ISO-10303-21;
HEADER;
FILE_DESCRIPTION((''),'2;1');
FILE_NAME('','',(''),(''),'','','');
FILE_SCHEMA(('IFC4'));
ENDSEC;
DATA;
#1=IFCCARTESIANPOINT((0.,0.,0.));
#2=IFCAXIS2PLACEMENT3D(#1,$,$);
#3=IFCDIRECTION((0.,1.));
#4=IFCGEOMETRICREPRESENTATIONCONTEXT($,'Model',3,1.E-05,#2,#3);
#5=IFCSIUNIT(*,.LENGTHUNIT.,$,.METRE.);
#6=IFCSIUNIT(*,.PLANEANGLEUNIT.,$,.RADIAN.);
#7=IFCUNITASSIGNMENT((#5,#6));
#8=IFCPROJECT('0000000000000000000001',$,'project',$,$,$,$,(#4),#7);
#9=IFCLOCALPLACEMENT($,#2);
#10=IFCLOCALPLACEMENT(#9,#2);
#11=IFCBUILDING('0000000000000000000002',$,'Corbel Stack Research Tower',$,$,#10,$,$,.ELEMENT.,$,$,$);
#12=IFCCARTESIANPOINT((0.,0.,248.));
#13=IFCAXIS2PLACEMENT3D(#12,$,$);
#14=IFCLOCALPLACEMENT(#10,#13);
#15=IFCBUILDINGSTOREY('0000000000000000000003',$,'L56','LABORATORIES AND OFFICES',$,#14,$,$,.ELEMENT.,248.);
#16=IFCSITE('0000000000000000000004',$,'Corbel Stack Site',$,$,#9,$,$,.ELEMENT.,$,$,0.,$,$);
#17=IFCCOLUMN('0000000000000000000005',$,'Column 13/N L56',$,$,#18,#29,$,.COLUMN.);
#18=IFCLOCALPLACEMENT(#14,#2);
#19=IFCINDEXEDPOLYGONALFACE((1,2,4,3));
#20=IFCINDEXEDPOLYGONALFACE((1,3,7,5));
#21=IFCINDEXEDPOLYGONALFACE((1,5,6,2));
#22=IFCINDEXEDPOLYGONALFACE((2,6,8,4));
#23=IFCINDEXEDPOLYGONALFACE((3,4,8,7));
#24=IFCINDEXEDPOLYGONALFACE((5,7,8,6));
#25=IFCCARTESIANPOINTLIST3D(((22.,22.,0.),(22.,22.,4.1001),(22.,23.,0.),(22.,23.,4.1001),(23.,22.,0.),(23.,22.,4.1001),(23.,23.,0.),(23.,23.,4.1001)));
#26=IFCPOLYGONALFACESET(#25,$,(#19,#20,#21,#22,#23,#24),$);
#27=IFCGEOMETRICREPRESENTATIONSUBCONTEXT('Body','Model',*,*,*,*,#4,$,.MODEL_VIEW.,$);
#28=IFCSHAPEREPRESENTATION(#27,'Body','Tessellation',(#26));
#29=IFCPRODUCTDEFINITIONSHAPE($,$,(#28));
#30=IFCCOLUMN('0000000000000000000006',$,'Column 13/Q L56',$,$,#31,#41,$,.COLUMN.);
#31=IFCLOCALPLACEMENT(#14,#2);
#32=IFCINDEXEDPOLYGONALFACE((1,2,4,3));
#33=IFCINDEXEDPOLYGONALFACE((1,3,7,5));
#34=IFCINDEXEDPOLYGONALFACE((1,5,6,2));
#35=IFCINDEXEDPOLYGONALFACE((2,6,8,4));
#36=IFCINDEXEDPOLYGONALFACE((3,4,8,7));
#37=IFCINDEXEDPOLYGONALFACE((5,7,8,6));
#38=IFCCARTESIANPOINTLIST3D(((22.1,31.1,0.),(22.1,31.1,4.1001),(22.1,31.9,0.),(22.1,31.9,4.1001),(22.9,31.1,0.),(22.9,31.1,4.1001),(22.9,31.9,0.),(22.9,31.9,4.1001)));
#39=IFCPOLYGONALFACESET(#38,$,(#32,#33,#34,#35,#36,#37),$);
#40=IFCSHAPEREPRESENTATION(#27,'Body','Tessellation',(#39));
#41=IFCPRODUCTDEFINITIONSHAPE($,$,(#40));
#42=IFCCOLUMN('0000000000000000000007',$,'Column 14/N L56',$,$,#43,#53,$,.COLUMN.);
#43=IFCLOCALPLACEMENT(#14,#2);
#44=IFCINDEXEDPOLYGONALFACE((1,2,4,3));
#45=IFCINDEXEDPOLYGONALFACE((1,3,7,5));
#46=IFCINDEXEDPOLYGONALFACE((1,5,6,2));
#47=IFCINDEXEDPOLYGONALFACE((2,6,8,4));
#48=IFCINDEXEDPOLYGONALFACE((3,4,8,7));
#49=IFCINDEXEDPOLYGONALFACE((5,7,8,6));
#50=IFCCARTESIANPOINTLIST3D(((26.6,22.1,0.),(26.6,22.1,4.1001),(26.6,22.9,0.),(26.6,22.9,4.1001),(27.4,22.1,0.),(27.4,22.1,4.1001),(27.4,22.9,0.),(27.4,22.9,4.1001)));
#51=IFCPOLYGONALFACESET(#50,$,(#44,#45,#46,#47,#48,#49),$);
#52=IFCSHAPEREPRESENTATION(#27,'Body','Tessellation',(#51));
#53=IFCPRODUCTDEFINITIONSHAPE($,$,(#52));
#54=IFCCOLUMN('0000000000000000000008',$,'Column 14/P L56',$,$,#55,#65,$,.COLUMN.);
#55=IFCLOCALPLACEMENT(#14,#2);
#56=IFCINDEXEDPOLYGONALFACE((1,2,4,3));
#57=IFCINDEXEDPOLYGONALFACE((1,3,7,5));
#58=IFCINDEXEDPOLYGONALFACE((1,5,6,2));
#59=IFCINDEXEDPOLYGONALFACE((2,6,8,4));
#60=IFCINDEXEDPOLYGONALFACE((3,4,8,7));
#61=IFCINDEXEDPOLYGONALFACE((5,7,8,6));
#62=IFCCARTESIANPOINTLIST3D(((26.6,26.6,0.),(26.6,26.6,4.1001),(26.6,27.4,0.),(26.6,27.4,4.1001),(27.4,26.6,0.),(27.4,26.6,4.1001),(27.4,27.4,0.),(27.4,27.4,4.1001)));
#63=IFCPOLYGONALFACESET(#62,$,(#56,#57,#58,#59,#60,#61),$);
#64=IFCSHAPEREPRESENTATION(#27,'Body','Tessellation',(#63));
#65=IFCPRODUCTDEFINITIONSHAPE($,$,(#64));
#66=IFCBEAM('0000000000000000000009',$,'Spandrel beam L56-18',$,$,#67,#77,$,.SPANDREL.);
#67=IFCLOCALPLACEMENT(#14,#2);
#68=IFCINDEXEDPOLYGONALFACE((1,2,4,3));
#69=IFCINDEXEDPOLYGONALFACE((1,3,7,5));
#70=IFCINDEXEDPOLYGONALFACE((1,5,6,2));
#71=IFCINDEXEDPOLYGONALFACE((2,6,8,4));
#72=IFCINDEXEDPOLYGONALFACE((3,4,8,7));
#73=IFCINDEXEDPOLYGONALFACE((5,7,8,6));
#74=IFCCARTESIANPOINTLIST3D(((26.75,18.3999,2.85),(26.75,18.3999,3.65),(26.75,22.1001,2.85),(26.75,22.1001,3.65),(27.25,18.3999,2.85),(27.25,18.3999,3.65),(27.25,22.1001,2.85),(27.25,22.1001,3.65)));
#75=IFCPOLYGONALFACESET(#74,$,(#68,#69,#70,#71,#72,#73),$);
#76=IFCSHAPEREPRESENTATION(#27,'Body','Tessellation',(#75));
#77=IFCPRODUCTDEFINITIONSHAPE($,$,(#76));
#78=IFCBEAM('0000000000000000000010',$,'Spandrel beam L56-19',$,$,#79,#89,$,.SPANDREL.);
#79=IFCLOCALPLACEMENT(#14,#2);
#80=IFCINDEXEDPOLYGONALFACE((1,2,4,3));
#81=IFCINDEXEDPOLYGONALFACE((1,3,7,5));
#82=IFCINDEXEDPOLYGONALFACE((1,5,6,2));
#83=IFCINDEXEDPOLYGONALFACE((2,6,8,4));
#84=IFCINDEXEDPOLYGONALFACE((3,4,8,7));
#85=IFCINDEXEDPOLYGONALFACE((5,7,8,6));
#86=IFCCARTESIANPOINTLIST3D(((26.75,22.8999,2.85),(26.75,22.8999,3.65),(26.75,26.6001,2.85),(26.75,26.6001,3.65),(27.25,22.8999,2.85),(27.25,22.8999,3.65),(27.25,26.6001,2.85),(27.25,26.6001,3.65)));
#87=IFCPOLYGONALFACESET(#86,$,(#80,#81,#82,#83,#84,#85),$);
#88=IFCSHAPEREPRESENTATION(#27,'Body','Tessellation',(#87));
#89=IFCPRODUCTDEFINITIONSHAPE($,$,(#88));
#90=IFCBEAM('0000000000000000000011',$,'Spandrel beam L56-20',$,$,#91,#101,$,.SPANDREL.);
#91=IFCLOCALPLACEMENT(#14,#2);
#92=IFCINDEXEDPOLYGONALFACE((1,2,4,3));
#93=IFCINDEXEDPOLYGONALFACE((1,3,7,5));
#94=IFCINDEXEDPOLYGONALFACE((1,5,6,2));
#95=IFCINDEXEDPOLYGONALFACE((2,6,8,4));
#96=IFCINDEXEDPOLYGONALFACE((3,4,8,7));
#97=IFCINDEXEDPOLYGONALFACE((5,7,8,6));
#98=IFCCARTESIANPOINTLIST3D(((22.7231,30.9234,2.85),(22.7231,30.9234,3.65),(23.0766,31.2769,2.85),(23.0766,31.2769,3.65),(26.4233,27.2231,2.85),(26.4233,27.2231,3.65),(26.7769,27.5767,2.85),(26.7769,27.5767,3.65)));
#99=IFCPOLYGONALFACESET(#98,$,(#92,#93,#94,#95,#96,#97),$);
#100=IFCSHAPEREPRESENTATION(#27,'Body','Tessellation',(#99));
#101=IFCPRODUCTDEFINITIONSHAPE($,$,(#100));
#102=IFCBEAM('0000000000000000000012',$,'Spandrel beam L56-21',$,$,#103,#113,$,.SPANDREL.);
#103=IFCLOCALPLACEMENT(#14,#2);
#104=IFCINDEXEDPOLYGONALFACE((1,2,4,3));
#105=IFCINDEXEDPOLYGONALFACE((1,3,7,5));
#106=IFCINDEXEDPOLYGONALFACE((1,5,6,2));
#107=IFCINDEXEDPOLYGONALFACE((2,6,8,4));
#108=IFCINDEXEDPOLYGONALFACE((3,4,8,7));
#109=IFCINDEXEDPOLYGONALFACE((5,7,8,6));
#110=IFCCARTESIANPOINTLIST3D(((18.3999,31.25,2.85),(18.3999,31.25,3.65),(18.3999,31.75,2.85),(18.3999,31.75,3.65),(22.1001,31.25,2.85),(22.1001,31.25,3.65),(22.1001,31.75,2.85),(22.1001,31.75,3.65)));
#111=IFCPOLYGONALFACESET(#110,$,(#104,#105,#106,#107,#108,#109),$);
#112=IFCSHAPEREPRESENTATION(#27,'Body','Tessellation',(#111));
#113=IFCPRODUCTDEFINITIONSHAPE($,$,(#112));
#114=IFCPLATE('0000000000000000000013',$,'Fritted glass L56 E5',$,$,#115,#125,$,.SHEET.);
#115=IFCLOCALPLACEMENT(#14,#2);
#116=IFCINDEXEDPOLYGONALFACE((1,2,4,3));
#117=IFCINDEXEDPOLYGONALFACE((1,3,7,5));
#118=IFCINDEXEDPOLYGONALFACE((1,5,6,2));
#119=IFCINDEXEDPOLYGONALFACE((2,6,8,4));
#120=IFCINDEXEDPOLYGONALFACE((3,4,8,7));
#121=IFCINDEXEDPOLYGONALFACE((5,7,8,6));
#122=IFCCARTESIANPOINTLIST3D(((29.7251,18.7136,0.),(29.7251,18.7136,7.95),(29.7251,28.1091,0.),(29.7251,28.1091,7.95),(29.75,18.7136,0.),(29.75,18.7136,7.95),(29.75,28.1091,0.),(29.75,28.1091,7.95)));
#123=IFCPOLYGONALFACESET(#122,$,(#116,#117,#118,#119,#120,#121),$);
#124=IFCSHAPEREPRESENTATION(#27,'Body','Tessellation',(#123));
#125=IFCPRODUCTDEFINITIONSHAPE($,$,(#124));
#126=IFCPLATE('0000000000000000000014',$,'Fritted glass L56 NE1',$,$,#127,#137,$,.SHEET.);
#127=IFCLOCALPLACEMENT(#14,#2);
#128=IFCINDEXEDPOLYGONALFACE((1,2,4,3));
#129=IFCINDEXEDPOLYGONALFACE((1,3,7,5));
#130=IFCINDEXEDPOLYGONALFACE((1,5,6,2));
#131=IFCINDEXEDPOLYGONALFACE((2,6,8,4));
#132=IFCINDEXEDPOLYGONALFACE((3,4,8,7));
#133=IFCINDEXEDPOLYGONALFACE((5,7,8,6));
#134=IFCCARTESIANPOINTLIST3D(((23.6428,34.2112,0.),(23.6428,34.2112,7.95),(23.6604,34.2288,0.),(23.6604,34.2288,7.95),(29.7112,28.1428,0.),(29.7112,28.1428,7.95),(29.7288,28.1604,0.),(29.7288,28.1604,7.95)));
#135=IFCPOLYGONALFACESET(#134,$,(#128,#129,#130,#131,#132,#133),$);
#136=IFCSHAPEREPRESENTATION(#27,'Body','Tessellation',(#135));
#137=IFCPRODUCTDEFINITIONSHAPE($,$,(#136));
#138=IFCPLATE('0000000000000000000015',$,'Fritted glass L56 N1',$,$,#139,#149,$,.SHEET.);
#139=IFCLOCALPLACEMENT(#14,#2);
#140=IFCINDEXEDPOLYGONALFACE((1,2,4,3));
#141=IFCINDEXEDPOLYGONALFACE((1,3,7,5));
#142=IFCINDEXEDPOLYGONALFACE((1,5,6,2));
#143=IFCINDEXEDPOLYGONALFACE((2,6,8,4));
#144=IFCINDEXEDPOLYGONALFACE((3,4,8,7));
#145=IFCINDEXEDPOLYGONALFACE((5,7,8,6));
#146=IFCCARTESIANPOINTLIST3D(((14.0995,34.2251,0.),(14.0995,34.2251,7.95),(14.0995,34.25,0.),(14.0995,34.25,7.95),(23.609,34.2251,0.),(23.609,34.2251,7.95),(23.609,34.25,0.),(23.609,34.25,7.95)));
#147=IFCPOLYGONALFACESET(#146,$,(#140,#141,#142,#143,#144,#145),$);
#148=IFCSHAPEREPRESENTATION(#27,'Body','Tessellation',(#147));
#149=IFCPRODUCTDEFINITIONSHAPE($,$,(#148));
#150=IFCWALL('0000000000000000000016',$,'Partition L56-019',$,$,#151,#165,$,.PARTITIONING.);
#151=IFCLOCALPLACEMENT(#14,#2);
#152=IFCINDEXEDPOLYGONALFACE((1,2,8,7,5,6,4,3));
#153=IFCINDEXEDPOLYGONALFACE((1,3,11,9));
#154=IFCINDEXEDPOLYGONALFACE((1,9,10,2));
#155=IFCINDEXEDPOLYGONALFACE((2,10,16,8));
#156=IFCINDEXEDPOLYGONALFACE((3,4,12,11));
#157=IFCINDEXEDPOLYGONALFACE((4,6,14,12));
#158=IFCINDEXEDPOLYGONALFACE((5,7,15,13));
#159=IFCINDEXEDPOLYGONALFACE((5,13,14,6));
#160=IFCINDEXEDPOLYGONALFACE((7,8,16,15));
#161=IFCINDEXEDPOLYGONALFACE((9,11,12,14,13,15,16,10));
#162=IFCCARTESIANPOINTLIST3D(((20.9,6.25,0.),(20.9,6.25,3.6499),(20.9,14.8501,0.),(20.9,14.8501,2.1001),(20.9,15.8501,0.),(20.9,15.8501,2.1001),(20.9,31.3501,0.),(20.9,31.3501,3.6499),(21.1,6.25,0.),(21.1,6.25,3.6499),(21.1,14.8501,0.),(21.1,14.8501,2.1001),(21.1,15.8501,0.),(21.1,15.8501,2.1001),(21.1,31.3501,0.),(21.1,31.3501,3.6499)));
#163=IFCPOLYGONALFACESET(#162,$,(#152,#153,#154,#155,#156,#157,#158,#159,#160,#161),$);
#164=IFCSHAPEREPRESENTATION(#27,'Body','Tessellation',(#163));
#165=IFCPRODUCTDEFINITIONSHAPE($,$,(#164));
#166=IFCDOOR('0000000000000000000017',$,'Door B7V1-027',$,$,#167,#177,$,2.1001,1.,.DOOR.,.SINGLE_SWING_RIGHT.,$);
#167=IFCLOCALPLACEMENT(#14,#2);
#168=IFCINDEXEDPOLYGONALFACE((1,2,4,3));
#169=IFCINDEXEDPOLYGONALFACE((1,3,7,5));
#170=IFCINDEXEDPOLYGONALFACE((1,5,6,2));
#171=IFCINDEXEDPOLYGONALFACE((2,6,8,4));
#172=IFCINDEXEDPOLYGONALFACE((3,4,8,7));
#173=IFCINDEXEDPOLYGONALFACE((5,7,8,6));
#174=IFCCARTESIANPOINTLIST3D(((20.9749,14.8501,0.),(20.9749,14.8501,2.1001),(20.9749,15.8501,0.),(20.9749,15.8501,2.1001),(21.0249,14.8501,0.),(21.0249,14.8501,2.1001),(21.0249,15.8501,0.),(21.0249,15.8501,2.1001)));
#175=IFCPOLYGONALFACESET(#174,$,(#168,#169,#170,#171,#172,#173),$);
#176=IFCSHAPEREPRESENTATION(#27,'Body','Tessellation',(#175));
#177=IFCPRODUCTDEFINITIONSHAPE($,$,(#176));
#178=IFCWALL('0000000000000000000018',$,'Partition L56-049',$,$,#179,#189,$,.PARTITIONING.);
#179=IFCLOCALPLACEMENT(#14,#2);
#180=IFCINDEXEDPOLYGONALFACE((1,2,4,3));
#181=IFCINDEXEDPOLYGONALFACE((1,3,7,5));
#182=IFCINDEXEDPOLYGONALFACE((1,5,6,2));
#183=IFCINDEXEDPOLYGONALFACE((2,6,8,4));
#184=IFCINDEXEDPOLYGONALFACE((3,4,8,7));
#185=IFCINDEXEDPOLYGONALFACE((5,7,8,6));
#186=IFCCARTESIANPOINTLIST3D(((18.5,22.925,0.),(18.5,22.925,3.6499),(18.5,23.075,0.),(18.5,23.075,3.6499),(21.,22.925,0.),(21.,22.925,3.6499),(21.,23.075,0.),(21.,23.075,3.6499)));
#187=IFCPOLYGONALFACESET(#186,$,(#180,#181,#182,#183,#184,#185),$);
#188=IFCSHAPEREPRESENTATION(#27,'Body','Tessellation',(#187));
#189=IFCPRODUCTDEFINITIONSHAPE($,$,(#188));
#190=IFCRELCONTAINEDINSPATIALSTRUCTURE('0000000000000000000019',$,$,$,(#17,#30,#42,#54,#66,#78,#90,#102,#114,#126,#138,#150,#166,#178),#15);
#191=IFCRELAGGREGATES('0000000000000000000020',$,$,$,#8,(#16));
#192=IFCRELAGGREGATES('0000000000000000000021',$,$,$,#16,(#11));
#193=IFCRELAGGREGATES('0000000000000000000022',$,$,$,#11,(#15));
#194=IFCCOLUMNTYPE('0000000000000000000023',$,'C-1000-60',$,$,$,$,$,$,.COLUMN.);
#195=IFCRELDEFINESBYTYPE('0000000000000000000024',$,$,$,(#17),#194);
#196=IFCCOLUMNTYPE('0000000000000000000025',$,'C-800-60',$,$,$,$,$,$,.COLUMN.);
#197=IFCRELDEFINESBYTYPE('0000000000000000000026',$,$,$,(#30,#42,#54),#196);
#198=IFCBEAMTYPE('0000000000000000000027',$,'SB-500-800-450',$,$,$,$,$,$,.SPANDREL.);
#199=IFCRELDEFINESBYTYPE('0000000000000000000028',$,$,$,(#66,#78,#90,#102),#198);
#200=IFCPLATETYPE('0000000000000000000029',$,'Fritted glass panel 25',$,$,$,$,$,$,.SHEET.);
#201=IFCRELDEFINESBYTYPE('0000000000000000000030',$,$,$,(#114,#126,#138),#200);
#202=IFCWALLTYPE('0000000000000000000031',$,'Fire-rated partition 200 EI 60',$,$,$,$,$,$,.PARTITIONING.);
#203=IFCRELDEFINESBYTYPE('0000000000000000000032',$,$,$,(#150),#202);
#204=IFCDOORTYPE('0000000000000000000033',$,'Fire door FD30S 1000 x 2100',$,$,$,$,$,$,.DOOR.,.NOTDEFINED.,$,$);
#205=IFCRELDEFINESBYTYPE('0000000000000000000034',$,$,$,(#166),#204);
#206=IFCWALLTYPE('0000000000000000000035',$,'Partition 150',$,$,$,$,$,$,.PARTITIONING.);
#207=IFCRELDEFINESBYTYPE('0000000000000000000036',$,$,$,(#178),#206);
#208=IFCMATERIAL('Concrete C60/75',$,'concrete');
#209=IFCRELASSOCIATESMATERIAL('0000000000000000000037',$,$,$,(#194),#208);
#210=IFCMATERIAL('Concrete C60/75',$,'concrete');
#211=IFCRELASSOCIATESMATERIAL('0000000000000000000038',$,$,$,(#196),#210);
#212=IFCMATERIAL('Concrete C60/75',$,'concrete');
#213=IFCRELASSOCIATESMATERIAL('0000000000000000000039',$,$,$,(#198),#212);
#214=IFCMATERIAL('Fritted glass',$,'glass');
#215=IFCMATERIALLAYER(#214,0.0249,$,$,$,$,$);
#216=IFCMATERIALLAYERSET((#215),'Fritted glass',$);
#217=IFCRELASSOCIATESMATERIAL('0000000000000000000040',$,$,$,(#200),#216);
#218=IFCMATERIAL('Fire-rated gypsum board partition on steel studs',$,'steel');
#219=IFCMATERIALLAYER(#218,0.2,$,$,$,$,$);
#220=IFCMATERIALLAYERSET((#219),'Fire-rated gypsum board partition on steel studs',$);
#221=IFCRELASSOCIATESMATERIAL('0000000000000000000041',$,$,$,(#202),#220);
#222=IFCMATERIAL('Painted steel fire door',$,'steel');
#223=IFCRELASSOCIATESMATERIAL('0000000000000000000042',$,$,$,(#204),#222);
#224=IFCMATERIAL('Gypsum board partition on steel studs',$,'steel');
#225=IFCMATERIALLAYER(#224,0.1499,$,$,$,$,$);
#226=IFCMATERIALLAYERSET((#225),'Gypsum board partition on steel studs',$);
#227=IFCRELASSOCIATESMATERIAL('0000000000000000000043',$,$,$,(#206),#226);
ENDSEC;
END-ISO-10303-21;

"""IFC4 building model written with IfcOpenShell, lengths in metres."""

from ifc_helpers import new_model, si_unit, direction, frame, frame_2d, origin, origin_2d, place, context, subcontext, project, spatial, rectangle, extrude, material, layer, layer_set, material_profile, profile_set, type_object, element, fill, save


model = new_model("IFC4")

# Units and contexts
model_context = context("Model", 3, precision=1e-05, world=origin(), true_north=direction((0.0, 1.0)))
body_context = subcontext(model_context, "Body", "Model", "MODEL_VIEW")
ifc_project = project(units=[si_unit("LENGTHUNIT", "METRE"), si_unit("PLANEANGLEUNIT", "RADIAN")], contexts=[model_context])

# Site, building, storey
site_placement = place(None, origin())
site = spatial("IfcSite", under=ifc_project, at=site_placement, Name="Corbel Stack Site", CompositionType="ELEMENT", RefElevation=0.0)
building_placement = place(site_placement, origin())
building = spatial("IfcBuilding", under=site, at=building_placement, Name="Corbel Stack Research Tower", CompositionType="ELEMENT")
storey_placement = place(building_placement, frame((0.0, 0.0, 248.0)))
storey = spatial("IfcBuildingStorey", under=building, at=storey_placement, Name="L56", Description="LABORATORIES AND OFFICES", CompositionType="ELEMENT", Elevation=248.0)

# Columns
ifc_material_1 = material(Name="Concrete C60/75", Category="concrete")
ifc_material_profile_1 = material_profile(ifc_material_1, rectangle(XDim=1.0, YDim=1.0, at=origin_2d()), Name="RC 1000 x 1000")
ifc_profile_set_1 = profile_set([ifc_material_profile_1], Name="Concrete C60/75")
column_type_1 = type_object("IfcColumnType", Name="C-1000-60", PredefinedType="COLUMN", material=ifc_profile_set_1)
column_placement = place(storey_placement, frame((22.5, 22.5, 0.0), z_axis=(0.0, 0.0, 1.0), x_axis=(1.0, 0.0, 0.0)))
element("IfcColumn", 1, at=column_placement, inside=storey, type_object=column_type_1, Name="Column 13/N L56", PredefinedType="COLUMN", context=body_context, shape_type="SweptSolid", body=[
    extrude(rectangle(XDim=1.0, YDim=1.0, at=origin_2d()), origin(), (0.0, 0.0, 1.0), 4.1001),
])
ifc_material_2 = material(Name="Concrete C60/75", Category="concrete")
ifc_material_profile_2 = material_profile(ifc_material_2, rectangle(XDim=0.8, YDim=0.8, at=origin_2d()), Name="RC 800 x 800")
ifc_profile_set_2 = profile_set([ifc_material_profile_2], Name="Concrete C60/75")
column_type_2 = type_object("IfcColumnType", Name="C-800-60", PredefinedType="COLUMN", material=ifc_profile_set_2)
for number, where, z_axis, x_axis, name in (
    (2, (22.5, 31.5, 0.0), (0.0, 0.0, 1.0), (1.0, 0.0, 0.0), "Column 13/Q L56"),
    (3, (27.0, 22.5, 0.0), (0.0, 0.0, 1.0), (1.0, 0.0, 0.0), "Column 14/N L56"),
    (4, (27.0, 27.0, 0.0), (0.0, 0.0, 1.0), (1.0, 0.0, 0.0), "Column 14/P L56"),
):
    element("IfcColumn", number, at=place(storey_placement, frame(where, z_axis=z_axis, x_axis=x_axis)), inside=storey, type_object=column_type_2, Name=name, PredefinedType="COLUMN", context=body_context, shape_type="SweptSolid", body=[
        extrude(rectangle(XDim=0.8, YDim=0.8, at=origin_2d()), origin(), (0.0, 0.0, 1.0), 4.1001),
    ])

# Beams
ifc_material_3 = material(Name="Concrete C60/75", Category="concrete")
ifc_material_profile_3 = material_profile(ifc_material_3, rectangle(XDim=0.5, YDim=0.8, at=origin_2d()), Name="RC 500 x 800")
ifc_profile_set_3 = profile_set([ifc_material_profile_3], Name="Concrete C60/75")
beam_type = type_object("IfcBeamType", Name="SB-500-800-450", PredefinedType="SPANDREL", material=ifc_profile_set_3)
for number, where, z_axis, x_axis, name in (
    (5, (27.0, 18.3999, 3.25), (0.0, 1.0, 0.0), (-1.0, 0.0, 0.0), "Spandrel beam L56-18"),
    (6, (27.0, 22.8999, 3.25), (0.0, 1.0, 0.0), (-1.0, 0.0, 0.0), "Spandrel beam L56-19"),
):
    element("IfcBeam", number, at=place(storey_placement, frame(where, z_axis=z_axis, x_axis=x_axis)), inside=storey, type_object=beam_type, Name=name, PredefinedType="SPANDREL", context=body_context, shape_type="SweptSolid", body=[
        extrude(rectangle(XDim=0.5, YDim=0.8, at=origin_2d()), origin(), (0.0, 0.0, 1.0), 3.7002),
    ])
beam_1_placement = place(storey_placement, frame((26.6001, 27.3999, 3.25), z_axis=(-0.707107, 0.707107, 0.0), x_axis=(-0.707107, -0.707107, 0.0)))
element("IfcBeam", 7, at=beam_1_placement, inside=storey, type_object=beam_type, Name="Spandrel beam L56-20", PredefinedType="SPANDREL", context=body_context, shape_type="SweptSolid", body=[
    extrude(rectangle(XDim=0.5, YDim=0.8, at=origin_2d()), origin(), (0.0, 0.0, 1.0), 5.2329),
])
beam_2_placement = place(storey_placement, frame((22.1001, 31.5, 3.25), z_axis=(-1.0, 0.0, 0.0), x_axis=(0.0, -1.0, 0.0)))
element("IfcBeam", 8, at=beam_2_placement, inside=storey, type_object=beam_type, Name="Spandrel beam L56-21", PredefinedType="SPANDREL", context=body_context, shape_type="SweptSolid", body=[
    extrude(rectangle(XDim=0.5, YDim=0.8, at=origin_2d()), origin(), (0.0, 0.0, 1.0), 3.7002),
])

# Plates
ifc_material_4 = material(Name="Fritted glass", Category="glass")
ifc_layer_1 = layer(ifc_material_4, 0.0249)
ifc_layer_set_1 = layer_set([ifc_layer_1], Name="Fritted glass")
plate_type = type_object("IfcPlateType", Name="Fritted glass panel 25", PredefinedType="SHEET", material=ifc_layer_set_1)
plate_1_placement = place(storey_placement, frame((29.7375, 23.4114, 0.0), z_axis=(0.0, 0.0, 1.0), x_axis=(0.0, 1.0, 0.0)))
element("IfcPlate", 9, at=plate_1_placement, inside=storey, type_object=plate_type, Name="Fritted glass L56 E5", PredefinedType="SHEET", context=body_context, shape_type="SweptSolid", body=[
    extrude(rectangle(XDim=9.3955, YDim=0.0249, at=origin_2d()), origin(), (0.0, 0.0, 1.0), 7.95),
])
plate_2_placement = place(storey_placement, frame((26.6858, 31.1858, 0.0), z_axis=(0.0, 0.0, 1.0), x_axis=(-0.707107, 0.707107, 0.0)))
element("IfcPlate", 10, at=plate_2_placement, inside=storey, type_object=plate_type, Name="Fritted glass L56 NE1", PredefinedType="SHEET", context=body_context, shape_type="SweptSolid", body=[
    extrude(rectangle(XDim=8.582, YDim=0.0249, at=origin_2d()), origin(), (0.0, 0.0, 1.0), 7.95),
])
plate_3_placement = place(storey_placement, frame((18.8542, 34.2375, 0.0), z_axis=(0.0, 0.0, 1.0), x_axis=(-1.0, 0.0, 0.0)))
element("IfcPlate", 11, at=plate_3_placement, inside=storey, type_object=plate_type, Name="Fritted glass L56 N1", PredefinedType="SHEET", context=body_context, shape_type="SweptSolid", body=[
    extrude(rectangle(XDim=9.5095, YDim=0.0249, at=origin_2d()), origin(), (0.0, 0.0, 1.0), 7.95),
])

# Wall, opening, door
ifc_material_5 = material(Name="Fire-rated gypsum board partition on steel studs", Category="steel")
ifc_layer_2 = layer(ifc_material_5, 0.2)
ifc_layer_set_2 = layer_set([ifc_layer_2], Name="Fire-rated gypsum board partition on steel studs")
wall_type_1 = type_object("IfcWallType", Name="Fire-rated partition 200 EI 60", PredefinedType="PARTITIONING", material=ifc_layer_set_2)
wall_1_placement = place(storey_placement, frame((21.0, 31.3501, 0.0), z_axis=(0.0, 0.0, 1.0), x_axis=(0.0, -1.0, 0.0)))
wall_1 = element("IfcWall", 12, at=wall_1_placement, inside=storey, type_object=wall_type_1, Name="Partition L56-019", PredefinedType="PARTITIONING", context=body_context, shape_type="SweptSolid", body=[
    extrude(rectangle(XDim=25.1001, YDim=0.2, at=frame_2d((12.55, 0.0))), origin(), (0.0, 0.0, 1.0), 3.6499),
])
opening_1_placement = place(wall_1_placement, frame((15.5, 0.0, 0.0)))
opening_1 = element("IfcOpeningElement", 13, at=opening_1_placement, cuts=wall_1, PredefinedType="OPENING", context=body_context, shape_type="SweptSolid", body=[
    extrude(rectangle(XDim=1.0, YDim=2.1001, at=frame_2d((0.5, 1.05))), frame((0.0, 0.1099, 0.0), z_axis=(0.0, -1.0, 0.0), x_axis=(1.0, 0.0, 0.0)), (0.0, 0.0, 1.0), 0.22),
])
ifc_material_6 = material(Name="Painted steel fire door", Category="steel")
door_type_1 = type_object("IfcDoorType", Name="Fire door FD30S 1000 x 2100", OperationType="NOTDEFINED", PredefinedType="DOOR", material=ifc_material_6)
door_1_placement = place(opening_1_placement, origin())
door_1 = element("IfcDoor", 14, at=door_1_placement, inside=storey, type_object=door_type_1, Name="Door B7V1-027", OperationType="SINGLE_SWING_RIGHT", OverallHeight=2.1001, OverallWidth=1.0, PredefinedType="DOOR", context=body_context, shape_type="SweptSolid", body=[
    extrude(rectangle(XDim=1.0, YDim=2.1001, at=frame_2d((0.5, 1.05))), frame((0.0, 0.0249, 0.0), z_axis=(0.0, -1.0, 0.0), x_axis=(1.0, 0.0, 0.0)), (0.0, 0.0, 1.0), 0.05),
])
fill(opening_1, door_1)

# Wall
ifc_material_7 = material(Name="Gypsum board partition on steel studs", Category="steel")
ifc_layer_3 = layer(ifc_material_7, 0.1499)
ifc_layer_set_3 = layer_set([ifc_layer_3], Name="Gypsum board partition on steel studs")
wall_type_2 = type_object("IfcWallType", Name="Partition 150", PredefinedType="PARTITIONING", material=ifc_layer_set_3)
wall_2_placement = place(storey_placement, frame((18.5, 23.0, 0.0), z_axis=(0.0, 0.0, 1.0), x_axis=(1.0, 0.0, 0.0)))
element("IfcWall", 15, at=wall_2_placement, inside=storey, type_object=wall_type_2, Name="Partition L56-049", PredefinedType="PARTITIONING", context=body_context, shape_type="SweptSolid", body=[
    extrude(rectangle(XDim=2.5, YDim=0.1499, at=frame_2d((1.25, 0.0))), origin(), (0.0, 0.0, 1.0), 3.6499),
])

save(model, "model.ifc")
